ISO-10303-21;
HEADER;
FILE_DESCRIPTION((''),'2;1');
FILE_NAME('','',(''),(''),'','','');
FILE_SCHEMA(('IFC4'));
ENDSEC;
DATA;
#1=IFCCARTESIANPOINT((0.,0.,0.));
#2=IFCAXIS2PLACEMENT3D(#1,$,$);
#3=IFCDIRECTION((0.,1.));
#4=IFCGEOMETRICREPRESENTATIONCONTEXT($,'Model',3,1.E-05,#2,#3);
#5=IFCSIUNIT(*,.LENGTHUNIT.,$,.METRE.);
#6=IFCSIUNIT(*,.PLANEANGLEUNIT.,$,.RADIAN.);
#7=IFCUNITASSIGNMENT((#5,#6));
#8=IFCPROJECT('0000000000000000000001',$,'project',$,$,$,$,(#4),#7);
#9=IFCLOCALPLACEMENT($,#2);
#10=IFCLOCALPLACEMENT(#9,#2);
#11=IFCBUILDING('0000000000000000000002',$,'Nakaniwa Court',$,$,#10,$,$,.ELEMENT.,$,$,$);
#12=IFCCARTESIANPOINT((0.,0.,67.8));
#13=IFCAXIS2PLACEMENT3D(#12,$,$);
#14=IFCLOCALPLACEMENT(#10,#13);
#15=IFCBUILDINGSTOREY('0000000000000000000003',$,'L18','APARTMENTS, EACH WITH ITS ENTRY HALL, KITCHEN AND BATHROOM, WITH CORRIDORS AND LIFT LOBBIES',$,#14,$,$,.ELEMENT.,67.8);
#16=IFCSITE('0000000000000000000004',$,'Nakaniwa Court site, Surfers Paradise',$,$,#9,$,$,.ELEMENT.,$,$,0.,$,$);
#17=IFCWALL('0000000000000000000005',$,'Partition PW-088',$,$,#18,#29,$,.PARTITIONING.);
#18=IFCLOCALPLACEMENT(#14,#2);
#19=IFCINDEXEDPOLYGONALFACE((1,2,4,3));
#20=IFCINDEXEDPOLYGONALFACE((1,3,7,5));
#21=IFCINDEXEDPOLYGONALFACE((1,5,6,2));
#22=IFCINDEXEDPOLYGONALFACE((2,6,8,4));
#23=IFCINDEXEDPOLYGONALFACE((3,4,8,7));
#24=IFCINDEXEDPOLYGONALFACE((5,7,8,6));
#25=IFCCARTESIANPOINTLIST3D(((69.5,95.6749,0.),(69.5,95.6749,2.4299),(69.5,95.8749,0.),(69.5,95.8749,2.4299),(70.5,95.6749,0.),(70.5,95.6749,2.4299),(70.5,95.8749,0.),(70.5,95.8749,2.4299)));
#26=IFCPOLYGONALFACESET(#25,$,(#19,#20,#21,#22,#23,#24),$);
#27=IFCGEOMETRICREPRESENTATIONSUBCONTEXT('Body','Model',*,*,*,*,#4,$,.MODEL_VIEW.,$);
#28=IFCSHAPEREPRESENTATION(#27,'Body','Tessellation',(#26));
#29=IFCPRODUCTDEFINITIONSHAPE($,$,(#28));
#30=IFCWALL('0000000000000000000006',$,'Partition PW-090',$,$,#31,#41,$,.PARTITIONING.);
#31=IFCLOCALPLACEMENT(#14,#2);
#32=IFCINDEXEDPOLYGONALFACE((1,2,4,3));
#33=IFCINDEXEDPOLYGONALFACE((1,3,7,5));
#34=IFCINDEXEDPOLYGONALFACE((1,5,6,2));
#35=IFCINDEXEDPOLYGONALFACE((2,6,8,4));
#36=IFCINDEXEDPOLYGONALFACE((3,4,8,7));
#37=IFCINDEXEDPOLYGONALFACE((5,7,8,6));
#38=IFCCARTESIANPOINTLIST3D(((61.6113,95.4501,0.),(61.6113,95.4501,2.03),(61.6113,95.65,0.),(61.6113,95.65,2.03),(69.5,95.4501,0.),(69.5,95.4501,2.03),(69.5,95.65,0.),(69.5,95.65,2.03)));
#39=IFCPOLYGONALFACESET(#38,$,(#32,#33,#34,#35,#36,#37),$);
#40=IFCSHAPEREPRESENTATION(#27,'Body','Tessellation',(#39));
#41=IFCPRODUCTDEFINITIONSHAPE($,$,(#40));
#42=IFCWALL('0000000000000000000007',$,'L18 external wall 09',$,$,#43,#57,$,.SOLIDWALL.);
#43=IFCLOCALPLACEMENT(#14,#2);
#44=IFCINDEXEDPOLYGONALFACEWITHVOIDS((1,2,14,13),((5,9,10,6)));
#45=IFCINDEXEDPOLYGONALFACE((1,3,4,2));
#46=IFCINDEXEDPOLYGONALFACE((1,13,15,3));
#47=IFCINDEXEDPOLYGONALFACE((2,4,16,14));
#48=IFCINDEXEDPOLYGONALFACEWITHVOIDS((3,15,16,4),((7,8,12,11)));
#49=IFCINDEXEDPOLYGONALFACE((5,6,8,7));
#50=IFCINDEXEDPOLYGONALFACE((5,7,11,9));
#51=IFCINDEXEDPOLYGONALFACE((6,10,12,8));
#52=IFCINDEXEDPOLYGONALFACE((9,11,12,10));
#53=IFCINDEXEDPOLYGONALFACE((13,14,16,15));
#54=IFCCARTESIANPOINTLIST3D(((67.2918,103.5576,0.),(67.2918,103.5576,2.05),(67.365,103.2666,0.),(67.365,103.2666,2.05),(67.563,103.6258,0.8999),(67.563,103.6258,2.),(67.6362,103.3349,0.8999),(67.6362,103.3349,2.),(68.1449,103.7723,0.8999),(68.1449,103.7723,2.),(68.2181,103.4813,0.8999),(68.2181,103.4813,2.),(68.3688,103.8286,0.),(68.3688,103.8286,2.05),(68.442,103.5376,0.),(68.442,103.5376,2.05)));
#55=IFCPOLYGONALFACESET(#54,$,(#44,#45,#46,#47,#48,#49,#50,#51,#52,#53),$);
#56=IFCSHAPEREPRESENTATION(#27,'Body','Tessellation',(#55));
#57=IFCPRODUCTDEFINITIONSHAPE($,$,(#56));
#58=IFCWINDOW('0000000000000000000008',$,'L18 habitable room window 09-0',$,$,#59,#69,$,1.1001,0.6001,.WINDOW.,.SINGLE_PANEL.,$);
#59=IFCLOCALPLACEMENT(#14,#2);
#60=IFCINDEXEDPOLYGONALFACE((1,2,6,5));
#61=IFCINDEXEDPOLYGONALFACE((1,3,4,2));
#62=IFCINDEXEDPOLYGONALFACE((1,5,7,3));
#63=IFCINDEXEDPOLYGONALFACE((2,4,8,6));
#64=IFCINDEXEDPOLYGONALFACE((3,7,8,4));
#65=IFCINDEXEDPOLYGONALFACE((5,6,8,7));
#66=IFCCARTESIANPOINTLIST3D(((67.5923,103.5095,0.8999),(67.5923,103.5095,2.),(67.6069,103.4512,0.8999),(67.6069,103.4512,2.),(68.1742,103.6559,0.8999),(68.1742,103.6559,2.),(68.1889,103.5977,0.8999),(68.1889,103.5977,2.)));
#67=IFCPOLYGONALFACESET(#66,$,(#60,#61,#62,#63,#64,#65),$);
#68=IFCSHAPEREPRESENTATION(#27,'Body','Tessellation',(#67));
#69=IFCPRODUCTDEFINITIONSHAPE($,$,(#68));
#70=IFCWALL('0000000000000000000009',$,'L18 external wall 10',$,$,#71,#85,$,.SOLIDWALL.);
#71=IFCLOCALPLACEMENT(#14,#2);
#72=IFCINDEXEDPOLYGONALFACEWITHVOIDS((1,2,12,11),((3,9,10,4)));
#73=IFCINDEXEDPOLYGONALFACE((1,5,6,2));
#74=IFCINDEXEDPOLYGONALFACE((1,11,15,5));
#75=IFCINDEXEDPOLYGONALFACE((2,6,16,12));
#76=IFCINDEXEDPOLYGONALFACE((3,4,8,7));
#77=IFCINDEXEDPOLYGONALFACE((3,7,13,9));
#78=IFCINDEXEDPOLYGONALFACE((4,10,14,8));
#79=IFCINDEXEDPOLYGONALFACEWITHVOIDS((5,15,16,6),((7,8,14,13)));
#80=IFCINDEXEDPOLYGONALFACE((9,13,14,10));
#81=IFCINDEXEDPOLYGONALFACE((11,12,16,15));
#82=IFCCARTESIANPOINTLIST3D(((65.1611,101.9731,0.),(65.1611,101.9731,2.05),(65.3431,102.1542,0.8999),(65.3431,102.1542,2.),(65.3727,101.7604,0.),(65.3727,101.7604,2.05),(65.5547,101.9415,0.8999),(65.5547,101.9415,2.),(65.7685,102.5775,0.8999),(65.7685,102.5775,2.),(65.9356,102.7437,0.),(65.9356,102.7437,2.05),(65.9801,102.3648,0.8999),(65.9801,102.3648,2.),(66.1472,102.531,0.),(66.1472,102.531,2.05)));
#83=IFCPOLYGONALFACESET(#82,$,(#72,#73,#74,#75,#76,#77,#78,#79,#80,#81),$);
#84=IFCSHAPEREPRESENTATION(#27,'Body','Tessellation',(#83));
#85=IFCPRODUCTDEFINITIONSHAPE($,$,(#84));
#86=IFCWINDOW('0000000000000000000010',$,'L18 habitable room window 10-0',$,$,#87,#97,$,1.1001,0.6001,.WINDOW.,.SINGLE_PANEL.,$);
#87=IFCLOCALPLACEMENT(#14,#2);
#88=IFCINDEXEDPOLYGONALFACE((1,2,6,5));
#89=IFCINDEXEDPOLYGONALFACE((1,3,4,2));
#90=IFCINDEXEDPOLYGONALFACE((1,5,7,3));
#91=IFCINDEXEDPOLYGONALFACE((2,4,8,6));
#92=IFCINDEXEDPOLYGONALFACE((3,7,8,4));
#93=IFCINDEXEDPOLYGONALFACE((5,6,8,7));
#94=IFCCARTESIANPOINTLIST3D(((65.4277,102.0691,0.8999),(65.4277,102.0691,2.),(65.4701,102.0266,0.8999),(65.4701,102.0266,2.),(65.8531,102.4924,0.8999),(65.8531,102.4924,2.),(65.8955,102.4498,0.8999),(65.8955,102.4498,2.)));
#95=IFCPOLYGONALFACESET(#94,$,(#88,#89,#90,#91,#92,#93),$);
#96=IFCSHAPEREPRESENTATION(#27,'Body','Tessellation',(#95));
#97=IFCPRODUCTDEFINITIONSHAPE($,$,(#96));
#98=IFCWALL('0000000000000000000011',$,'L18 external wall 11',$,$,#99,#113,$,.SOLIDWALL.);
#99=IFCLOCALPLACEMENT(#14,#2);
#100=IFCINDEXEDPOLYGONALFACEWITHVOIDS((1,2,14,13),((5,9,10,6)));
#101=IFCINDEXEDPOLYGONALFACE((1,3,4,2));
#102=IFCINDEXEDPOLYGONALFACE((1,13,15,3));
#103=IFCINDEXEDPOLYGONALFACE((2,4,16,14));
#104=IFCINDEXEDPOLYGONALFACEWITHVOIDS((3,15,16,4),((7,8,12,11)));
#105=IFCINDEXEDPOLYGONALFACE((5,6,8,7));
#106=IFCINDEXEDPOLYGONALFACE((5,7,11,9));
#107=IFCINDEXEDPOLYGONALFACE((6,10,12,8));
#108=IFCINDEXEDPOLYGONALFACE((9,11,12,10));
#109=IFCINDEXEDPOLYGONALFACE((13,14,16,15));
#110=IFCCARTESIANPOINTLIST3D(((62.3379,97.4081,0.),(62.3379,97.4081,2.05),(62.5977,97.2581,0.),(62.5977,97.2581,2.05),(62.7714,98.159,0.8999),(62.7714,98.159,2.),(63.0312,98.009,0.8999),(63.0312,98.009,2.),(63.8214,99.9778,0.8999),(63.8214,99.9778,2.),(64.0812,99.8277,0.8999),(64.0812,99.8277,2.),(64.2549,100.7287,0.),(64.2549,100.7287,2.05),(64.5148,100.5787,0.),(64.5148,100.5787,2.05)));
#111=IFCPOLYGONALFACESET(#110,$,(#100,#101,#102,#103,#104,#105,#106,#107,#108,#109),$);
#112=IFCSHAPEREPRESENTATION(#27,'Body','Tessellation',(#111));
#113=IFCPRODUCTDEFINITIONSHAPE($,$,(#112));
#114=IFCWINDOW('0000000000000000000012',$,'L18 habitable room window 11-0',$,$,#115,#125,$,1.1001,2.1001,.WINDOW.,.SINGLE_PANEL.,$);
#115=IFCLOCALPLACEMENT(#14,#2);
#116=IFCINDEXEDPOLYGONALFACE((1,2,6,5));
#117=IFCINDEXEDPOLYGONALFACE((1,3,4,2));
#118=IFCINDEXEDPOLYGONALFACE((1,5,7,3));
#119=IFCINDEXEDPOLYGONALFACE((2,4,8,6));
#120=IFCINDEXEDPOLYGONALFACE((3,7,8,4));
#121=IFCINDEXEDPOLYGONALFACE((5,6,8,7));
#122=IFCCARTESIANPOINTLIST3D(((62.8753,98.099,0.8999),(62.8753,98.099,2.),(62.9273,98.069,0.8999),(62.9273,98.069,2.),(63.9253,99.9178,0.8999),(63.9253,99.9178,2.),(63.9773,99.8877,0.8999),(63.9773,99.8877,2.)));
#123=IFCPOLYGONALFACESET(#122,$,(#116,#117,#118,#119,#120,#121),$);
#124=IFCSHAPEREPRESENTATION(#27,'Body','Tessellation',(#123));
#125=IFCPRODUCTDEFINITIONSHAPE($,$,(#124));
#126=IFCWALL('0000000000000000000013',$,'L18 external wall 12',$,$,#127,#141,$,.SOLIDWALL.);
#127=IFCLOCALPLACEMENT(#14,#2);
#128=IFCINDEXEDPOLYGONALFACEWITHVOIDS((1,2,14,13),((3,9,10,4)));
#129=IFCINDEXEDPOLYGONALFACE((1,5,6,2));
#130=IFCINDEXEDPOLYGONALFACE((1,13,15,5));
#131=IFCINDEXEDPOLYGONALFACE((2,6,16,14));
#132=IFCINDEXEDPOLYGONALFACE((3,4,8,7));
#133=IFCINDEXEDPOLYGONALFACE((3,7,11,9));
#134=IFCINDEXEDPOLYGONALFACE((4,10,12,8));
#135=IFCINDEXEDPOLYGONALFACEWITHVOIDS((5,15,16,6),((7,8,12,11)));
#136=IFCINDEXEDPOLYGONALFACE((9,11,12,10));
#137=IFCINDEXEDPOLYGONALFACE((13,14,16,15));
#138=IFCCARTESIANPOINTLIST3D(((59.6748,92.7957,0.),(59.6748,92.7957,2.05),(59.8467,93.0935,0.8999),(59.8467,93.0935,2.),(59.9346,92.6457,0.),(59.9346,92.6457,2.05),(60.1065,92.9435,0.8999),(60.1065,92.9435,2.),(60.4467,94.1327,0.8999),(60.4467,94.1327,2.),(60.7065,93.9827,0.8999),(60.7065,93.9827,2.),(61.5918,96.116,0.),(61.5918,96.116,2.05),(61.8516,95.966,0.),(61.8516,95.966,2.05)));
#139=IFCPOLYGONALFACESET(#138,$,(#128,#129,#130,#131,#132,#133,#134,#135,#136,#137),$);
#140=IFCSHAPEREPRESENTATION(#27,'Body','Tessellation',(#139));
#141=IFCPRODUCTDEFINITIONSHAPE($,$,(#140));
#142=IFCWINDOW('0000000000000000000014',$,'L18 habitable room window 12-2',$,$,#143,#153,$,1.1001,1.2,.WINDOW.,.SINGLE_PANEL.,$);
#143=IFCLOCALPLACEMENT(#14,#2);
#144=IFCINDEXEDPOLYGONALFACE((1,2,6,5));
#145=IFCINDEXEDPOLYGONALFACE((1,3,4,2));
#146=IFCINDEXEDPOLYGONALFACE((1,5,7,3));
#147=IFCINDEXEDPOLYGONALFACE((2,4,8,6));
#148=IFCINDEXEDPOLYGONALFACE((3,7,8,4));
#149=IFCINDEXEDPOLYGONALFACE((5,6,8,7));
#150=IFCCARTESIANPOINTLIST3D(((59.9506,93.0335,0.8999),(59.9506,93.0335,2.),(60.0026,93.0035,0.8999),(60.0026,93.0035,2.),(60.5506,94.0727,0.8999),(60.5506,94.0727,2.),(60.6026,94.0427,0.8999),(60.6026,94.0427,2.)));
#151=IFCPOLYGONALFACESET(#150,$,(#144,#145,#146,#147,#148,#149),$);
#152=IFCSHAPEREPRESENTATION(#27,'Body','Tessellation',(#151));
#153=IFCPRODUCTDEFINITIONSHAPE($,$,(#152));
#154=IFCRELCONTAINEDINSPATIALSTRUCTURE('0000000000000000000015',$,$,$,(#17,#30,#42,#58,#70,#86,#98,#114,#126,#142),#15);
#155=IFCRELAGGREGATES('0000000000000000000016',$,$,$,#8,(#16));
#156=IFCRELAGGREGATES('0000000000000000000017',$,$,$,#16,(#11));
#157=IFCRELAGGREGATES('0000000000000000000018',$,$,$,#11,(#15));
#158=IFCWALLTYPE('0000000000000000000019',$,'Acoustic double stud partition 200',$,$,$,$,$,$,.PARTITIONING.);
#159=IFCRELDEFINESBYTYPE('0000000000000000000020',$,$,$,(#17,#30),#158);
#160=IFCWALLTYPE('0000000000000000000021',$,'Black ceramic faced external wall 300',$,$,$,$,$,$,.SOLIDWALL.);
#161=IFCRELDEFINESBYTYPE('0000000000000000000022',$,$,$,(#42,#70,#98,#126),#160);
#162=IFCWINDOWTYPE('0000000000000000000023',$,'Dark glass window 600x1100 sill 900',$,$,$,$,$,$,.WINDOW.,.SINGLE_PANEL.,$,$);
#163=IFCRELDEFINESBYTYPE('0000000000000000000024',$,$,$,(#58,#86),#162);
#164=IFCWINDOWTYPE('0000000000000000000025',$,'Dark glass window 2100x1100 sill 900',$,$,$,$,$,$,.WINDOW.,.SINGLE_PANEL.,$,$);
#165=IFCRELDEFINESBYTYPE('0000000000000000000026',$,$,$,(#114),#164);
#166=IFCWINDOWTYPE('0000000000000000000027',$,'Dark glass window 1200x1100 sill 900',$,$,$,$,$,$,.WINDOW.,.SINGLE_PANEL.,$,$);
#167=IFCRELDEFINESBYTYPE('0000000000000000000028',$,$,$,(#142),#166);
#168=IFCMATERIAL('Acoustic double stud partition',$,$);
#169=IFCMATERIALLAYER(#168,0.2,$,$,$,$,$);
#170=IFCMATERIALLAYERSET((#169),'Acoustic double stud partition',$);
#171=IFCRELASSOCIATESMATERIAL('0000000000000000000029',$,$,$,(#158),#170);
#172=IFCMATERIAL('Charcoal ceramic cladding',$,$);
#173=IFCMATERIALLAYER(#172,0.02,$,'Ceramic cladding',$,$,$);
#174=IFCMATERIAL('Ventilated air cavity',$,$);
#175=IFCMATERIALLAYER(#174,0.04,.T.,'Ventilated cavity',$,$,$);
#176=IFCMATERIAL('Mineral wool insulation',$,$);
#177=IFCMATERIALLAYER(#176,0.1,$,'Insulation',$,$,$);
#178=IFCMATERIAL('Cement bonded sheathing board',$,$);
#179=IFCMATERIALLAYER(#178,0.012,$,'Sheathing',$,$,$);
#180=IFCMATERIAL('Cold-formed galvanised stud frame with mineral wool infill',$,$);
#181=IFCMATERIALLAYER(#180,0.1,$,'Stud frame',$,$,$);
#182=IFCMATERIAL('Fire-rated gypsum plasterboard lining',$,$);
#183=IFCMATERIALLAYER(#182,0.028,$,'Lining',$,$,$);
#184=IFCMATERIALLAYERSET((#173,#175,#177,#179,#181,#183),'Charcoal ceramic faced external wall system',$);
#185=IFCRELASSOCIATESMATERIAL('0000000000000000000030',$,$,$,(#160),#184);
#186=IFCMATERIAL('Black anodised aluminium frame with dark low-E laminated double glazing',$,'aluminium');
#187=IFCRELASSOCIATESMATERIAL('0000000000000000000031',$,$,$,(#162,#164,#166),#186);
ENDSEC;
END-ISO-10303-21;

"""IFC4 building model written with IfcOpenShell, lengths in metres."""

from ifc_helpers import new_model, si_unit, direction, frame, frame_2d, origin, place, context, subcontext, project, spatial, rectangle, extrude, material, layer, layer_set, type_object, element, fill, save


model = new_model("IFC4")

# Units and contexts
model_context = context("Model", 3, precision=1e-05, world=origin(), true_north=direction((0.0, 1.0)))
body_context = subcontext(model_context, "Body", "Model", "MODEL_VIEW")
ifc_project = project(units=[si_unit("LENGTHUNIT", "METRE"), si_unit("PLANEANGLEUNIT", "RADIAN")], contexts=[model_context])

# Site, building, storey
site_placement = place(None, origin())
site = spatial("IfcSite", under=ifc_project, at=site_placement, Name="Nakaniwa Court site, Surfers Paradise", CompositionType="ELEMENT", RefElevation=0.0)
building_placement = place(site_placement, origin())
building = spatial("IfcBuilding", under=site, at=building_placement, Name="Nakaniwa Court", CompositionType="ELEMENT")
storey_placement = place(building_placement, frame((0.0, 0.0, 67.8)))
storey = spatial("IfcBuildingStorey", under=building, at=storey_placement, Name="L18", Description="APARTMENTS, EACH WITH ITS ENTRY HALL, KITCHEN AND BATHROOM, WITH CORRIDORS AND LIFT LOBBIES", CompositionType="ELEMENT", Elevation=67.8)

# Walls
ifc_material_1 = material(Name="Acoustic double stud partition")
ifc_layer_1 = layer(ifc_material_1, 0.2)
ifc_layer_set_1 = layer_set([ifc_layer_1], Name="Acoustic double stud partition")
wall_type_1 = type_object("IfcWallType", Name="Acoustic double stud partition 200", PredefinedType="PARTITIONING", material=ifc_layer_set_1)
for number, where, z_axis, x_axis, name in (
    (1, (69.5, 95.7749, 0.0), (0.0, 0.0, 1.0), (1.0, 0.0, 0.0), "Partition PW-088"),
):
    element("IfcWall", number, at=place(storey_placement, frame(where, z_axis=z_axis, x_axis=x_axis)), inside=storey, type_object=wall_type_1, Name=name, PredefinedType="PARTITIONING", context=body_context, shape_type="SweptSolid", body=[
        extrude(rectangle(XDim=1.0, YDim=0.2, at=frame_2d((0.5, 0.0))), origin(), (0.0, 0.0, 1.0), 2.4299),
    ])
wall_1_placement = place(storey_placement, frame((61.6113, 95.55, 0.0), z_axis=(0.0, 0.0, 1.0), x_axis=(1.0, 0.0, 0.0)))
element("IfcWall", 2, at=wall_1_placement, inside=storey, type_object=wall_type_1, Name="Partition PW-090", PredefinedType="PARTITIONING", context=body_context, shape_type="SweptSolid", body=[
    extrude(rectangle(XDim=7.8887, YDim=0.2, at=frame_2d((3.9443, 0.0))), origin(), (0.0, 0.0, 1.0), 2.03),
])

# Walls, openings, windows
ifc_material_2 = material(Name="Charcoal ceramic cladding")
ifc_layer_2 = layer(ifc_material_2, 0.02, Name="Ceramic cladding")
ifc_material_3 = material(Name="Ventilated air cavity")
ifc_layer_3 = layer(ifc_material_3, 0.04, ventilated=True, Name="Ventilated cavity")
ifc_material_4 = material(Name="Mineral wool insulation")
ifc_layer_4 = layer(ifc_material_4, 0.1, Name="Insulation")
ifc_material_5 = material(Name="Cement bonded sheathing board")
ifc_layer_5 = layer(ifc_material_5, 0.012, Name="Sheathing")
ifc_material_6 = material(Name="Cold-formed galvanised stud frame with mineral wool infill")
ifc_layer_6 = layer(ifc_material_6, 0.1, Name="Stud frame")
ifc_material_7 = material(Name="Fire-rated gypsum plasterboard lining")
ifc_layer_7 = layer(ifc_material_7, 0.028, Name="Lining")
ifc_layer_set_2 = layer_set([ifc_layer_2, ifc_layer_3, ifc_layer_4, ifc_layer_5, ifc_layer_6, ifc_layer_7], Name="Charcoal ceramic faced external wall system")
wall_type_2 = type_object("IfcWallType", Name="Black ceramic faced external wall 300", PredefinedType="SOLIDWALL", material=ifc_layer_set_2)
wall_2_placement = place(storey_placement, frame((68.4053, 103.6831, 0.0), z_axis=(0.0, 0.0, 1.0), x_axis=(-0.969766, -0.244036, 0.0)))
wall_2 = element("IfcWall", 3, at=wall_2_placement, inside=storey, type_object=wall_type_2, Name="L18 external wall 09", PredefinedType="SOLIDWALL", context=body_context, shape_type="SweptSolid", body=[
    extrude(rectangle(XDim=1.1106, YDim=0.3, at=frame_2d((0.5552, 0.0))), origin(), (0.0, 0.0, 1.0), 2.05),
])
opening_1_placement = place(wall_2_placement, frame((0.2307, 0.0, 0.8999)))
opening_1 = element("IfcOpeningElement", 4, at=opening_1_placement, cuts=wall_2, PredefinedType="OPENING", context=body_context, shape_type="SweptSolid", body=[
    extrude(rectangle(XDim=0.6001, YDim=1.1001, at=frame_2d((0.3, 0.55))), frame((0.0, 0.1599, 0.0), z_axis=(0.0, -1.0, 0.0), x_axis=(1.0, 0.0, 0.0)), (0.0, 0.0, 1.0), 0.3201),
])
ifc_material_8 = material(Name="Black anodised aluminium frame with dark low-E laminated double glazing", Category="aluminium")
window_type_1 = type_object("IfcWindowType", Name="Dark glass window 600x1100 sill 900", PartitioningType="SINGLE_PANEL", PredefinedType="WINDOW", material=ifc_material_8)
window_1_placement = place(opening_1_placement, origin())
window_1 = element("IfcWindow", 5, at=window_1_placement, inside=storey, type_object=window_type_1, Name="L18 habitable room window 09-0", OverallHeight=1.1001, OverallWidth=0.6001, PartitioningType="SINGLE_PANEL", PredefinedType="WINDOW", context=body_context, shape_type="SweptSolid", body=[
    extrude(rectangle(XDim=0.6001, YDim=1.1001, at=frame_2d((0.3, 0.55))), frame((0.0, 0.03, 0.0), z_axis=(0.0, -1.0, 0.0), x_axis=(1.0, 0.0, 0.0)), (0.0, 0.0, 1.0), 0.0601),
])
fill(opening_1, window_1)
wall_3_placement = place(storey_placement, frame((66.0415, 102.6375, 0.0), z_axis=(0.0, 0.0, 1.0), x_axis=(-0.708892, -0.705317, 0.0)))
wall_3 = element("IfcWall", 6, at=wall_3_placement, inside=storey, type_object=wall_type_2, Name="L18 external wall 10", PredefinedType="SOLIDWALL", context=body_context, shape_type="SweptSolid", body=[
    extrude(rectangle(XDim=1.0925, YDim=0.3, at=frame_2d((0.5464, 0.0))), origin(), (0.0, 0.0, 1.0), 2.05),
])
opening_2_placement = place(wall_3_placement, frame((0.2358, 0.0, 0.8999)))
opening_2 = element("IfcOpeningElement", 7, at=opening_2_placement, cuts=wall_3, PredefinedType="OPENING", context=body_context, shape_type="SweptSolid", body=[
    extrude(rectangle(XDim=0.6001, YDim=1.1001, at=frame_2d((0.3, 0.55))), frame((0.0, 0.1599, 0.0), z_axis=(0.0, -1.0, 0.0), x_axis=(1.0, 0.0, 0.0)), (0.0, 0.0, 1.0), 0.3201),
])
window_2_placement = place(opening_2_placement, origin())
window_2 = element("IfcWindow", 8, at=window_2_placement, inside=storey, type_object=window_type_1, Name="L18 habitable room window 10-0", OverallHeight=1.1001, OverallWidth=0.6001, PartitioningType="SINGLE_PANEL", PredefinedType="WINDOW", context=body_context, shape_type="SweptSolid", body=[
    extrude(rectangle(XDim=0.6001, YDim=1.1001, at=frame_2d((0.3, 0.55))), frame((0.0, 0.03, 0.0), z_axis=(0.0, -1.0, 0.0), x_axis=(1.0, 0.0, 0.0)), (0.0, 0.0, 1.0), 0.0601),
])
fill(opening_2, window_2)
wall_4_placement = place(storey_placement, frame((64.3848, 100.6536, 0.0), z_axis=(0.0, 0.0, 1.0), x_axis=(-0.499974, -0.86604, 0.0)))
wall_4 = element("IfcWall", 9, at=wall_4_placement, inside=storey, type_object=wall_type_2, Name="L18 external wall 11", PredefinedType="SOLIDWALL", context=body_context, shape_type="SweptSolid", body=[
    extrude(rectangle(XDim=3.8342, YDim=0.3, at=frame_2d((1.917, 0.0))), origin(), (0.0, 0.0, 1.0), 2.05),
])
opening_3_placement = place(wall_4_placement, frame((0.8669, 0.0, 0.8999)))
opening_3 = element("IfcOpeningElement", 10, at=opening_3_placement, cuts=wall_4, PredefinedType="OPENING", context=body_context, shape_type="SweptSolid", body=[
    extrude(rectangle(XDim=2.1001, YDim=1.1001, at=frame_2d((1.05, 0.55))), frame((0.0, 0.1599, 0.0), z_axis=(0.0, -1.0, 0.0), x_axis=(1.0, 0.0, 0.0)), (0.0, 0.0, 1.0), 0.3201),
])
window_type_2 = type_object("IfcWindowType", Name="Dark glass window 2100x1100 sill 900", PartitioningType="SINGLE_PANEL", PredefinedType="WINDOW", material=ifc_material_8)
window_3_placement = place(opening_3_placement, origin())
window_3 = element("IfcWindow", 11, at=window_3_placement, inside=storey, type_object=window_type_2, Name="L18 habitable room window 11-0", OverallHeight=1.1001, OverallWidth=2.1001, PartitioningType="SINGLE_PANEL", PredefinedType="WINDOW", context=body_context, shape_type="SweptSolid", body=[
    extrude(rectangle(XDim=2.1001, YDim=1.1001, at=frame_2d((1.05, 0.55))), frame((0.0, 0.03, 0.0), z_axis=(0.0, -1.0, 0.0), x_axis=(1.0, 0.0, 0.0)), (0.0, 0.0, 1.0), 0.0601),
])
fill(opening_3, window_3)
wall_5_placement = place(storey_placement, frame((61.7217, 96.041, 0.0), z_axis=(0.0, 0.0, 1.0), x_axis=(-0.500002, -0.866024, 0.0)))
wall_5 = element("IfcWall", 12, at=wall_5_placement, inside=storey, type_object=wall_type_2, Name="L18 external wall 12", PredefinedType="SOLIDWALL", context=body_context, shape_type="SweptSolid", body=[
    extrude(rectangle(XDim=3.834, YDim=0.3, at=frame_2d((1.917, 0.0))), origin(), (0.0, 0.0, 1.0), 2.05),
])
opening_4_placement = place(wall_5_placement, frame((2.29, 0.0, 0.8999)))
opening_4 = element("IfcOpeningElement", 13, at=opening_4_placement, cuts=wall_5, PredefinedType="OPENING", context=body_context, shape_type="SweptSolid", body=[
    extrude(rectangle(XDim=1.2, YDim=1.1001, at=frame_2d((0.6001, 0.55))), frame((0.0, 0.1599, 0.0), z_axis=(0.0, -1.0, 0.0), x_axis=(1.0, 0.0, 0.0)), (0.0, 0.0, 1.0), 0.3201),
])
window_type_3 = type_object("IfcWindowType", Name="Dark glass window 1200x1100 sill 900", PartitioningType="SINGLE_PANEL", PredefinedType="WINDOW", material=ifc_material_8)
window_4_placement = place(opening_4_placement, origin())
window_4 = element("IfcWindow", 14, at=window_4_placement, inside=storey, type_object=window_type_3, Name="L18 habitable room window 12-2", OverallHeight=1.1001, OverallWidth=1.2, PartitioningType="SINGLE_PANEL", PredefinedType="WINDOW", context=body_context, shape_type="SweptSolid", body=[
    extrude(rectangle(XDim=1.2, YDim=1.1001, at=frame_2d((0.6001, 0.55))), frame((0.0, 0.03, 0.0), z_axis=(0.0, -1.0, 0.0), x_axis=(1.0, 0.0, 0.0)), (0.0, 0.0, 1.0), 0.0601),
])
fill(opening_4, window_4)

save(model, "model.ifc")
